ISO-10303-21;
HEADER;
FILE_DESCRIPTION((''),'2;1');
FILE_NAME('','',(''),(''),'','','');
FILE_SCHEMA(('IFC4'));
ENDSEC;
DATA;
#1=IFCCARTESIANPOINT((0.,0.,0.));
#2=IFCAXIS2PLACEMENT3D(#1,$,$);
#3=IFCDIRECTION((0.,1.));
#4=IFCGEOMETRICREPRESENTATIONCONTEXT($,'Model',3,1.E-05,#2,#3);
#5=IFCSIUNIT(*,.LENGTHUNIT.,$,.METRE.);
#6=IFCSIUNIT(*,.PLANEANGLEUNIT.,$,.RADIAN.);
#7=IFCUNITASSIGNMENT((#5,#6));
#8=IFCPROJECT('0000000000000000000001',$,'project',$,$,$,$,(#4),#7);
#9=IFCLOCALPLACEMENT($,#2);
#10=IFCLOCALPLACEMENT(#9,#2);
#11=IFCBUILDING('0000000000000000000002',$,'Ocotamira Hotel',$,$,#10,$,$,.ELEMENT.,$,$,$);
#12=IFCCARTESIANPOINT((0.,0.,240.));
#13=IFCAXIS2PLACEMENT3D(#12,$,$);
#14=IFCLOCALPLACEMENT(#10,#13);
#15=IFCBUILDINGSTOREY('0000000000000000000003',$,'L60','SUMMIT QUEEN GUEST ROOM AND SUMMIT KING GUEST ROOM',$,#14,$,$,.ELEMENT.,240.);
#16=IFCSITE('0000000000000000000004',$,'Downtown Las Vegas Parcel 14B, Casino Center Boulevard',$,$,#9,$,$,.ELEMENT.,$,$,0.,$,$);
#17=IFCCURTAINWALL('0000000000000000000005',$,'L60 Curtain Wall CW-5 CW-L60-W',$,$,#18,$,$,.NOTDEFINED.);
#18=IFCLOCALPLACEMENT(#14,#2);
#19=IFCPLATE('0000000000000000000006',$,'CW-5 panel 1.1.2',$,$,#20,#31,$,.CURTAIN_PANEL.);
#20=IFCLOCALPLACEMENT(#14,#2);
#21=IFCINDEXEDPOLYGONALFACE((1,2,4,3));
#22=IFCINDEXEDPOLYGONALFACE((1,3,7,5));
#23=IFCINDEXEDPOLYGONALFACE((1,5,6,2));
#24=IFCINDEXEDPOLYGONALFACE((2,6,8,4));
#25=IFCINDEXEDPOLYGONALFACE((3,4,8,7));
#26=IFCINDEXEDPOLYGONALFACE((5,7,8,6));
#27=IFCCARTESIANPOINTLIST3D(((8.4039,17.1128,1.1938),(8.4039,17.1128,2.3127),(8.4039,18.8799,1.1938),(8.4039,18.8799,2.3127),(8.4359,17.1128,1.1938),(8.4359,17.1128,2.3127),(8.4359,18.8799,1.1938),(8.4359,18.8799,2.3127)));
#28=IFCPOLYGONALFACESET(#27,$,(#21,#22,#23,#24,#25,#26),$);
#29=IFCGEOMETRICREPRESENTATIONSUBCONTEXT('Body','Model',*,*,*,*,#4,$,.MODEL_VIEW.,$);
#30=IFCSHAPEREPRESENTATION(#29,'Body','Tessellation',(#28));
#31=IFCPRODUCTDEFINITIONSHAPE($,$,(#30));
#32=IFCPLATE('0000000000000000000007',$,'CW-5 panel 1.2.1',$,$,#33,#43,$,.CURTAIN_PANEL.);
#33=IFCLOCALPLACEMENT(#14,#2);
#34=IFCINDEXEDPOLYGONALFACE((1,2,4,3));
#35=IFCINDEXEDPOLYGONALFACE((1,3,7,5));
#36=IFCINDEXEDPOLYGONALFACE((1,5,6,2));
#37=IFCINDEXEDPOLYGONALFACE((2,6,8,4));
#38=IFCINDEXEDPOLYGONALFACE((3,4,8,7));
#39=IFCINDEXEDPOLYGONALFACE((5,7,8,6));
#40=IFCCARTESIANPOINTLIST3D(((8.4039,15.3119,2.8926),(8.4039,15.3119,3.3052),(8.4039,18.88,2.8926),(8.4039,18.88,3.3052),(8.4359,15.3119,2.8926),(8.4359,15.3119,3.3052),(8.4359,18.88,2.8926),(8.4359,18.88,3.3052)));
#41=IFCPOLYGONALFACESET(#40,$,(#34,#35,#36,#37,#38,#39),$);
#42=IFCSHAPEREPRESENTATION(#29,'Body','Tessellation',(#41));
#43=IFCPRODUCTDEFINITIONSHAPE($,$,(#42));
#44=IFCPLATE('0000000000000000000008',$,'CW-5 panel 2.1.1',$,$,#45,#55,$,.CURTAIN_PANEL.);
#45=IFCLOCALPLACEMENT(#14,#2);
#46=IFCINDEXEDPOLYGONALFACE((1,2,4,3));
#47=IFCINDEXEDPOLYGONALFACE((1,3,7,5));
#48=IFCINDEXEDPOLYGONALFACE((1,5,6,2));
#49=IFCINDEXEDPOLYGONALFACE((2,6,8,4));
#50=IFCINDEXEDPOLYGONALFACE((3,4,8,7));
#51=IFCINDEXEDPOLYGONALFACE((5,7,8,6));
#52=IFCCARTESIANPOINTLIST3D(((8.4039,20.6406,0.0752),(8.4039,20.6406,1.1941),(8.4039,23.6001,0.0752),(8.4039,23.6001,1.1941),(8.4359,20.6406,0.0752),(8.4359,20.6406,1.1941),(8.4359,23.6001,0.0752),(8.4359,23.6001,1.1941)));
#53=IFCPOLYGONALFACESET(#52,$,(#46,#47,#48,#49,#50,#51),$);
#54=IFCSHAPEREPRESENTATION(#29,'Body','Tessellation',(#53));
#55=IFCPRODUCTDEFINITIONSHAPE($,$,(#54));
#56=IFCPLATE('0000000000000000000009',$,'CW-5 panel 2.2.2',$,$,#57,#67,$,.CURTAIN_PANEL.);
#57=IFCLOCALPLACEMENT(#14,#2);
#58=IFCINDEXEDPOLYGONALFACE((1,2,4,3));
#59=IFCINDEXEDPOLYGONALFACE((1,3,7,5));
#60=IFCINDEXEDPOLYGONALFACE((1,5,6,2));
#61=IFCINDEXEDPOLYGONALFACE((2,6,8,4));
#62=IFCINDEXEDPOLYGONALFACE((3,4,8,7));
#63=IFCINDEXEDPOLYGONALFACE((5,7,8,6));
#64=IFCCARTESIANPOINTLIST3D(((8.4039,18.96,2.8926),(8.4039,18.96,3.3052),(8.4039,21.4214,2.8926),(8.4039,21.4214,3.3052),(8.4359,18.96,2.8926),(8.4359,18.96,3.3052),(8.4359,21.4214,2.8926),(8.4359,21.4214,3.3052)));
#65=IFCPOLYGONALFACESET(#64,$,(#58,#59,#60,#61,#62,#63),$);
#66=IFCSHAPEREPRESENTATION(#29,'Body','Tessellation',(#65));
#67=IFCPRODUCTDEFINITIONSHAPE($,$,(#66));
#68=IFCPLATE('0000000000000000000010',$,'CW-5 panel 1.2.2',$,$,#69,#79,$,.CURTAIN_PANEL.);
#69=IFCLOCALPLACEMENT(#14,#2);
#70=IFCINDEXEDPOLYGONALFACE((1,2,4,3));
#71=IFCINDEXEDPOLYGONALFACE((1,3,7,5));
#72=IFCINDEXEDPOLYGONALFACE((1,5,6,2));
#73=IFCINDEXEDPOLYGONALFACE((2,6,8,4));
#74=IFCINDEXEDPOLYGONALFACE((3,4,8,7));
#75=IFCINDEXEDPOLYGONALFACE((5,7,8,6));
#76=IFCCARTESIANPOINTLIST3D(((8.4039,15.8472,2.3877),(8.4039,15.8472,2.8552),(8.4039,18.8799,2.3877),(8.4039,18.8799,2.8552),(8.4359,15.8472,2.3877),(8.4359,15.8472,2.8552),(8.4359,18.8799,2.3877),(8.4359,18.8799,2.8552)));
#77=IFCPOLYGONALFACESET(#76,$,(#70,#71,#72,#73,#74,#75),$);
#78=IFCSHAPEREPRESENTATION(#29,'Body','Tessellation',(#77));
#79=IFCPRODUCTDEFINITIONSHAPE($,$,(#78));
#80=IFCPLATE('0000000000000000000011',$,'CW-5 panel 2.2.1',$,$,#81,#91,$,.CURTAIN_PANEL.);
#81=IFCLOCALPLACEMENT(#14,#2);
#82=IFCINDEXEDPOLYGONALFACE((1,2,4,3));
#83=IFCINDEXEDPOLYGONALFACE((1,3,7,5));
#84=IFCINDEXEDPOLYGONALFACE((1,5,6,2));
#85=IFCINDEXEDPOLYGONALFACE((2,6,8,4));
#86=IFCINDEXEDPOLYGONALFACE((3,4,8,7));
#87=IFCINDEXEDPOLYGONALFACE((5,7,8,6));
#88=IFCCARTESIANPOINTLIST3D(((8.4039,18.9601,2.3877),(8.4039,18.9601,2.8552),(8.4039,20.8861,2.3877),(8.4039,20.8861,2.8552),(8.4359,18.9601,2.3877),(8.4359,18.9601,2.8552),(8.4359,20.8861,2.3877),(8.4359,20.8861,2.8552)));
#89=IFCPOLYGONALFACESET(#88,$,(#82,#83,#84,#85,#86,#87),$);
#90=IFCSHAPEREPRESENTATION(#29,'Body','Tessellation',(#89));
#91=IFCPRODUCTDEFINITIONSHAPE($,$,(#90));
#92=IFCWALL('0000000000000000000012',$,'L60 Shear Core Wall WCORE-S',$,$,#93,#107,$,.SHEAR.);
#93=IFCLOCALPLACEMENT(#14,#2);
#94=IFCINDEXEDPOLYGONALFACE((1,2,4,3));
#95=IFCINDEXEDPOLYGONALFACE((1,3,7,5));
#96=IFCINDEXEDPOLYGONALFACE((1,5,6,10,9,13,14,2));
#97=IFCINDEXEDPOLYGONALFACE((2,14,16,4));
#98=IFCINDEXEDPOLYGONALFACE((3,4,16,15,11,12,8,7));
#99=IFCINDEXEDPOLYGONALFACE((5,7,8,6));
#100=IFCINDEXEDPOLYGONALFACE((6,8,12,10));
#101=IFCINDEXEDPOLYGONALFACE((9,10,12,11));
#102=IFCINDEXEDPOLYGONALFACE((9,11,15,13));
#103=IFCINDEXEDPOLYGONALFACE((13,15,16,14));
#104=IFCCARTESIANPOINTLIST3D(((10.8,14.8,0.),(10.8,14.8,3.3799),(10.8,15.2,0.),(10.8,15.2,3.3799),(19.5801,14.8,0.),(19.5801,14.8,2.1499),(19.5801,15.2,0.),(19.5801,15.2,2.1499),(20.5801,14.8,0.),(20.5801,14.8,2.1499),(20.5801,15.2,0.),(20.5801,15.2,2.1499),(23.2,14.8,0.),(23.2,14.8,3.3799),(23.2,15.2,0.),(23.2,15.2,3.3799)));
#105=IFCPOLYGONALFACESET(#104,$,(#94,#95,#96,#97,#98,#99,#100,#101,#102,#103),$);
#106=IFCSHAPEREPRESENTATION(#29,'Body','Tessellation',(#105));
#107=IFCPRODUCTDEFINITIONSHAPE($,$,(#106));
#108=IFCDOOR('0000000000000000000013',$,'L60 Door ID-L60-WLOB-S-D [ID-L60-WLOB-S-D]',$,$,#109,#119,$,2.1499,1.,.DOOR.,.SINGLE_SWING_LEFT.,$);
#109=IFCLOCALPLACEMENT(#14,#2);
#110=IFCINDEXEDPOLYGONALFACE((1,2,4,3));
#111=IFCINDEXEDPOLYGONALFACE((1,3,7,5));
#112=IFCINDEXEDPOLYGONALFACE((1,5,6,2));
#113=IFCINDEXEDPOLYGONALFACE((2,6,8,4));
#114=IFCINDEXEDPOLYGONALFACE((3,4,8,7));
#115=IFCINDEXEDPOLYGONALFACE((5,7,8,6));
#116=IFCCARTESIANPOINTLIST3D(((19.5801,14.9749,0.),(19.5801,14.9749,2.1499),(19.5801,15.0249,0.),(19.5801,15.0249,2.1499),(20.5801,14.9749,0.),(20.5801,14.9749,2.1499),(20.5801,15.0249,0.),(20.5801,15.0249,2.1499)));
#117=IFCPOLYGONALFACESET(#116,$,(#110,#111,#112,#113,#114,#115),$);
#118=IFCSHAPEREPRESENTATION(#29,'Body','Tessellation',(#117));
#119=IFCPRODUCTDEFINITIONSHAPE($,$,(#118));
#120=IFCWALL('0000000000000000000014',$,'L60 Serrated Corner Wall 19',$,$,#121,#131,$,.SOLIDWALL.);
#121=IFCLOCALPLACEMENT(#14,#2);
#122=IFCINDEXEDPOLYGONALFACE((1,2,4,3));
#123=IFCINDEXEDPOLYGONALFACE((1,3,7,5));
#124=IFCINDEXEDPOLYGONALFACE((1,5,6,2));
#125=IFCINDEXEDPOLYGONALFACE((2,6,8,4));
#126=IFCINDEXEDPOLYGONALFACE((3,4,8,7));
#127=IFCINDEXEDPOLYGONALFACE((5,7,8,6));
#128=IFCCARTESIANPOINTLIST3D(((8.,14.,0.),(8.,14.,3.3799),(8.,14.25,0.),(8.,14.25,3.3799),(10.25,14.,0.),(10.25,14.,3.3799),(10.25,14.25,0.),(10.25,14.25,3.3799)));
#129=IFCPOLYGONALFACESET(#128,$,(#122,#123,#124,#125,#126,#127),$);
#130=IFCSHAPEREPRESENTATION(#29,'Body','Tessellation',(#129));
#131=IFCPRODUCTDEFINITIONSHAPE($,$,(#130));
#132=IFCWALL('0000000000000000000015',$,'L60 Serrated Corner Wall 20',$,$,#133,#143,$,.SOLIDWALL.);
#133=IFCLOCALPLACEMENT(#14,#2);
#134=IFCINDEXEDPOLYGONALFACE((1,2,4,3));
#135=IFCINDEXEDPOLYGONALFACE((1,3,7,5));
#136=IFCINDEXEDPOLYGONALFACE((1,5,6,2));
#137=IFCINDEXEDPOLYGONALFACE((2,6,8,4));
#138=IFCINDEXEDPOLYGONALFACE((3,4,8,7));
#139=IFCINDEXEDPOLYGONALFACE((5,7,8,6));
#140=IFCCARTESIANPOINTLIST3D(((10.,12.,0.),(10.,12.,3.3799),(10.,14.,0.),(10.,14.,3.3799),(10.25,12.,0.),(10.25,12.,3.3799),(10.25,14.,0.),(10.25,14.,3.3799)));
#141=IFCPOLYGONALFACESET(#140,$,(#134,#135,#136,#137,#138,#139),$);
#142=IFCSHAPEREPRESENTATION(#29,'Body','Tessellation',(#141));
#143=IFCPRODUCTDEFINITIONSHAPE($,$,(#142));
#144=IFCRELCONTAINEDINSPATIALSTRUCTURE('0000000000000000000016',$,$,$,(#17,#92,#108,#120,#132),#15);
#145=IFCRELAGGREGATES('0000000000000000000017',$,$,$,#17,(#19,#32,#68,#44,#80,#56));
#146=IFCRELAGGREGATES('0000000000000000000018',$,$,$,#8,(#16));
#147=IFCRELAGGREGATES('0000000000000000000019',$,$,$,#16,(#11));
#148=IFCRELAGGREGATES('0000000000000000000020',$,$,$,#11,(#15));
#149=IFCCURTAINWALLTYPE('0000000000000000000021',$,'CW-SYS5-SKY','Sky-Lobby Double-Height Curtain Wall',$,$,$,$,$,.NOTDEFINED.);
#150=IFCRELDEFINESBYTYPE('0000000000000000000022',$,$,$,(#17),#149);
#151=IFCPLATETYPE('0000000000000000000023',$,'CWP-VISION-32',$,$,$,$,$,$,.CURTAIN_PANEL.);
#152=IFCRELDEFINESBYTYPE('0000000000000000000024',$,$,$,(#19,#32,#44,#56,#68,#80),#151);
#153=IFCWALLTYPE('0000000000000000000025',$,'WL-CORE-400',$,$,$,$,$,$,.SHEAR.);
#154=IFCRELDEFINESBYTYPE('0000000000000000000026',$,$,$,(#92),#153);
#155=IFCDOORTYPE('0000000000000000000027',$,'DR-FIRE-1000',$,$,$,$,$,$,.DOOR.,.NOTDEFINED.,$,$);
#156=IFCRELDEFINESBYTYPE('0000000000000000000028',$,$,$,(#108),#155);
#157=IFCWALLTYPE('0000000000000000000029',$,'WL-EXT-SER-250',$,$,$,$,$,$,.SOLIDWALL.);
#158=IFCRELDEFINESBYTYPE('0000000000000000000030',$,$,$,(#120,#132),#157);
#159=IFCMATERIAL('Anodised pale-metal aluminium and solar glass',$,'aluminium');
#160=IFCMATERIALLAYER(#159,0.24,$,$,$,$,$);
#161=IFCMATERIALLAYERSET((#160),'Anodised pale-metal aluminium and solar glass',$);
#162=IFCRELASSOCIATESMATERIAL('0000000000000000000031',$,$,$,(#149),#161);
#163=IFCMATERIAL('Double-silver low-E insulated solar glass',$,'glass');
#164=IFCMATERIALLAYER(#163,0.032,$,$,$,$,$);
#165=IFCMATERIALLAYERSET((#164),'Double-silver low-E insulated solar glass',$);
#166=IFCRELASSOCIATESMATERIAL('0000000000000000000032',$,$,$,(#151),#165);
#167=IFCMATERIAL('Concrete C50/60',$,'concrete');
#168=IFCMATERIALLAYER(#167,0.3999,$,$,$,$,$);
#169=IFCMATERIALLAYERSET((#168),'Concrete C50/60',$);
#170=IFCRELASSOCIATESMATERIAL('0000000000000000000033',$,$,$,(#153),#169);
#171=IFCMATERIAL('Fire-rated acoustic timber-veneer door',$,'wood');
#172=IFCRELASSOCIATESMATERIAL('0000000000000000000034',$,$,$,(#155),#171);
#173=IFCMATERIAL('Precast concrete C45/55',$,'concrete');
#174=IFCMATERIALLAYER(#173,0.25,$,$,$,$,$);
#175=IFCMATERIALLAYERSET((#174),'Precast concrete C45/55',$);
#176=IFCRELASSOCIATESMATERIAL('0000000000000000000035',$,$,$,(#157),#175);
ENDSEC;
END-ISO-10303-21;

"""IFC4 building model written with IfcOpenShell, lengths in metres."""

from ifc_helpers import new_model, si_unit, direction, frame, frame_2d, origin, origin_2d, place, context, subcontext, project, spatial, rectangle, extrude, source, transform, mapped, material, layer, layer_set, type_object, element, fill, aggregate, save


model = new_model("IFC4")

# Units and contexts
model_context = context("Model", 3, precision=1e-05, world=origin(), true_north=direction((0.0, 1.0)))
body_context = subcontext(model_context, "Body", "Model", "MODEL_VIEW")
ifc_project = project(units=[si_unit("LENGTHUNIT", "METRE"), si_unit("PLANEANGLEUNIT", "RADIAN")], contexts=[model_context])

# Site, building, storey
site_placement = place(None, origin())
site = spatial("IfcSite", under=ifc_project, at=site_placement, Name="Downtown Las Vegas Parcel 14B, Casino Center Boulevard", CompositionType="ELEMENT", RefElevation=0.0)
building_placement = place(site_placement, origin())
building = spatial("IfcBuilding", under=site, at=building_placement, Name="Ocotamira Hotel", CompositionType="ELEMENT")
storey_placement = place(building_placement, frame((0.0, 0.0, 240.0)))
storey = spatial("IfcBuildingStorey", under=building, at=storey_placement, Name="L60", Description="SUMMIT QUEEN GUEST ROOM AND SUMMIT KING GUEST ROOM", CompositionType="ELEMENT", Elevation=240.0)

# Shared definitions
ifc_material_1 = material(Name="Concrete C50/60", Category="concrete")

# Curtain wall
ifc_material_2 = material(Name="Anodised pale-metal aluminium and solar glass", Category="aluminium")
ifc_layer_1 = layer(ifc_material_2, 0.24)
ifc_layer_set_1 = layer_set([ifc_layer_1], Name="Anodised pale-metal aluminium and solar glass")
curtain_wall_type = type_object("IfcCurtainWallType", Name="CW-SYS5-SKY", Description="Sky-Lobby Double-Height Curtain Wall", PredefinedType="NOTDEFINED", material=ifc_layer_set_1)
curtain_wall_placement = place(storey_placement, origin())
curtain_wall = element("IfcCurtainWall", 1, at=curtain_wall_placement, inside=storey, type_object=curtain_wall_type, Name="L60 Curtain Wall CW-5 CW-L60-W", PredefinedType="NOTDEFINED")

# Plates
ifc_material_3 = material(Name="Double-silver low-E insulated solar glass", Category="glass")
ifc_layer_2 = layer(ifc_material_3, 0.032)
ifc_layer_set_2 = layer_set([ifc_layer_2], Name="Double-silver low-E insulated solar glass")
plate_type_1 = type_object("IfcPlateType", Name="CWP-VISION-32", PredefinedType="CURTAIN_PANEL", material=ifc_layer_set_2)
shared_shape_1 = source(origin(), body_context, "Body", "SweptSolid", [
    extrude(rectangle(XDim=1.7671, YDim=0.032, at=origin_2d()), origin(), (0.0, 0.0, 1.0), 1.1189),
])
plate_1_placement = place(storey_placement, frame((8.4199, 17.9963, 1.1938), z_axis=(0.0, 0.0, 1.0), x_axis=(0.0, 1.0, 0.0)))
plate_1 = element("IfcPlate", 2, at=plate_1_placement, type_object=plate_type_1, Name="CW-5 panel 1.1.2", PredefinedType="CURTAIN_PANEL", context=body_context, shape_type="MappedRepresentation", body=[
    mapped(shared_shape_1, transform((0.0, 0.0, 0.0), scale=1.0)),
])
shared_shape_2 = source(origin(), body_context, "Body", "SweptSolid", [
    extrude(rectangle(XDim=3.5681, YDim=0.032, at=origin_2d()), origin(), (0.0, 0.0, 1.0), 0.4126),
])
plate_2_placement = place(storey_placement, frame((8.4199, 17.0959, 2.8926), z_axis=(0.0, 0.0, 1.0), x_axis=(0.0, 1.0, 0.0)))
plate_2 = element("IfcPlate", 3, at=plate_2_placement, type_object=plate_type_1, Name="CW-5 panel 1.2.1", PredefinedType="CURTAIN_PANEL", context=body_context, shape_type="MappedRepresentation", body=[
    mapped(shared_shape_2, transform((0.0, 0.0, 0.0), scale=1.0)),
])
shared_shape_3 = source(origin(), body_context, "Body", "SweptSolid", [
    extrude(rectangle(XDim=2.9595, YDim=0.032, at=origin_2d()), origin(), (0.0, 0.0, 1.0), 1.1189),
])
plate_3_placement = place(storey_placement, frame((8.4199, 22.1204, 0.0752), z_axis=(0.0, 0.0, 1.0), x_axis=(0.0, 1.0, 0.0)))
plate_3 = element("IfcPlate", 4, at=plate_3_placement, type_object=plate_type_1, Name="CW-5 panel 2.1.1", PredefinedType="CURTAIN_PANEL", context=body_context, shape_type="MappedRepresentation", body=[
    mapped(shared_shape_3, transform((0.0, 0.0, 0.0), scale=1.0)),
])
shared_shape_4 = source(origin(), body_context, "Body", "SweptSolid", [
    extrude(rectangle(XDim=2.4614, YDim=0.032, at=origin_2d()), origin(), (0.0, 0.0, 1.0), 0.4126),
])
plate_4_placement = place(storey_placement, frame((8.4199, 20.1907, 2.8926), z_axis=(0.0, 0.0, 1.0), x_axis=(0.0, 1.0, 0.0)))
plate_4 = element("IfcPlate", 5, at=plate_4_placement, type_object=plate_type_1, Name="CW-5 panel 2.2.2", PredefinedType="CURTAIN_PANEL", context=body_context, shape_type="MappedRepresentation", body=[
    mapped(shared_shape_4, transform((0.0, 0.0, 0.0), scale=1.0)),
])
shared_shape_5 = source(origin(), body_context, "Body", "SweptSolid", [
    extrude(rectangle(XDim=3.0327, YDim=0.032, at=origin_2d()), origin(), (0.0, 0.0, 1.0), 0.4675),
])
plate_5_placement = place(storey_placement, frame((8.4199, 17.3635, 2.3877), z_axis=(0.0, 0.0, 1.0), x_axis=(0.0, 1.0, 0.0)))
plate_5 = element("IfcPlate", 6, at=plate_5_placement, type_object=plate_type_1, Name="CW-5 panel 1.2.2", PredefinedType="CURTAIN_PANEL", context=body_context, shape_type="MappedRepresentation", body=[
    mapped(shared_shape_5, transform((0.0, 0.0, 0.0), scale=1.0)),
])
shared_shape_6 = source(origin(), body_context, "Body", "SweptSolid", [
    extrude(rectangle(XDim=1.926, YDim=0.032, at=origin_2d()), origin(), (0.0, 0.0, 1.0), 0.4675),
])
plate_6_placement = place(storey_placement, frame((8.4199, 19.9231, 2.3877), z_axis=(0.0, 0.0, 1.0), x_axis=(0.0, 1.0, 0.0)))
plate_6 = element("IfcPlate", 7, at=plate_6_placement, type_object=plate_type_1, Name="CW-5 panel 2.2.1", PredefinedType="CURTAIN_PANEL", context=body_context, shape_type="MappedRepresentation", body=[
    mapped(shared_shape_6, transform((0.0, 0.0, 0.0), scale=1.0)),
])
aggregate(curtain_wall, [plate_1, plate_2, plate_5, plate_3, plate_6, plate_4])

# Wall, opening, door
ifc_layer_3 = layer(ifc_material_1, 0.3999)
ifc_layer_set_3 = layer_set([ifc_layer_3], Name="Concrete C50/60")
wall_type_1 = type_object("IfcWallType", Name="WL-CORE-400", PredefinedType="SHEAR", material=ifc_layer_set_3)
wall_1_placement = place(storey_placement, frame((10.8, 15.0, 0.0), z_axis=(0.0, 0.0, 1.0), x_axis=(1.0, 0.0, 0.0)))
wall_1 = element("IfcWall", 8, at=wall_1_placement, inside=storey, type_object=wall_type_1, Name="L60 Shear Core Wall WCORE-S", PredefinedType="SHEAR", context=body_context, shape_type="SweptSolid", body=[
    extrude(rectangle(XDim=12.3999, YDim=0.3999, at=frame_2d((6.2, 0.0))), origin(), (0.0, 0.0, 1.0), 3.3799),
])
opening_1_placement = place(wall_1_placement, frame((8.78, 0.0, 0.0)))
opening_1 = element("IfcOpeningElement", 9, at=opening_1_placement, cuts=wall_1, PredefinedType="OPENING", context=body_context, shape_type="SweptSolid", body=[
    extrude(rectangle(XDim=1.0, YDim=2.1499, at=frame_2d((0.5, 1.075))), frame((0.0, 0.21, 0.0), z_axis=(0.0, -1.0, 0.0), x_axis=(1.0, 0.0, 0.0)), (0.0, 0.0, 1.0), 0.4199),
])
ifc_material_4 = material(Name="Fire-rated acoustic timber-veneer door", Category="wood")
door_type_1 = type_object("IfcDoorType", Name="DR-FIRE-1000", OperationType="NOTDEFINED", PredefinedType="DOOR", material=ifc_material_4)
shared_shape_7 = source(origin(), body_context, "Body", "SweptSolid", [
    extrude(rectangle(XDim=1.0, YDim=2.1499, at=frame_2d((0.5, 1.075))), frame((0.0, 0.0249, 0.0), z_axis=(0.0, -1.0, 0.0), x_axis=(1.0, 0.0, 0.0)), (0.0, 0.0, 1.0), 0.05),
])
door_1_placement = place(opening_1_placement, origin())
door_1 = element("IfcDoor", 10, at=door_1_placement, inside=storey, type_object=door_type_1, Name="L60 Door ID-L60-WLOB-S-D [ID-L60-WLOB-S-D]", OperationType="SINGLE_SWING_LEFT", OverallHeight=2.1499, OverallWidth=1.0, PredefinedType="DOOR", context=body_context, shape_type="MappedRepresentation", body=[
    mapped(shared_shape_7, transform((0.0, 0.0, 0.0), scale=1.0)),
])
fill(opening_1, door_1)

# Walls
ifc_material_5 = material(Name="Precast concrete C45/55", Category="concrete")
ifc_layer_4 = layer(ifc_material_5, 0.25)
ifc_layer_set_4 = layer_set([ifc_layer_4], Name="Precast concrete C45/55")
wall_type_2 = type_object("IfcWallType", Name="WL-EXT-SER-250", PredefinedType="SOLIDWALL", material=ifc_layer_set_4)
wall_2_placement = place(storey_placement, frame((8.0, 14.125, 0.0), z_axis=(0.0, 0.0, 1.0), x_axis=(1.0, 0.0, 0.0)))
element("IfcWall", 11, at=wall_2_placement, inside=storey, type_object=wall_type_2, Name="L60 Serrated Corner Wall 19", PredefinedType="SOLIDWALL", context=body_context, shape_type="SweptSolid", body=[
    extrude(rectangle(XDim=2.25, YDim=0.25, at=frame_2d((1.125, 0.0))), origin(), (0.0, 0.0, 1.0), 3.3799),
])
wall_3_placement = place(storey_placement, frame((10.125, 14.0, 0.0), z_axis=(0.0, 0.0, 1.0), x_axis=(0.0, -1.0, 0.0)))
element("IfcWall", 12, at=wall_3_placement, inside=storey, type_object=wall_type_2, Name="L60 Serrated Corner Wall 20", PredefinedType="SOLIDWALL", context=body_context, shape_type="SweptSolid", body=[
    extrude(rectangle(XDim=2.0, YDim=0.25, at=frame_2d((1.0, 0.0))), origin(), (0.0, 0.0, 1.0), 3.3799),
])

save(model, "model.ifc")
